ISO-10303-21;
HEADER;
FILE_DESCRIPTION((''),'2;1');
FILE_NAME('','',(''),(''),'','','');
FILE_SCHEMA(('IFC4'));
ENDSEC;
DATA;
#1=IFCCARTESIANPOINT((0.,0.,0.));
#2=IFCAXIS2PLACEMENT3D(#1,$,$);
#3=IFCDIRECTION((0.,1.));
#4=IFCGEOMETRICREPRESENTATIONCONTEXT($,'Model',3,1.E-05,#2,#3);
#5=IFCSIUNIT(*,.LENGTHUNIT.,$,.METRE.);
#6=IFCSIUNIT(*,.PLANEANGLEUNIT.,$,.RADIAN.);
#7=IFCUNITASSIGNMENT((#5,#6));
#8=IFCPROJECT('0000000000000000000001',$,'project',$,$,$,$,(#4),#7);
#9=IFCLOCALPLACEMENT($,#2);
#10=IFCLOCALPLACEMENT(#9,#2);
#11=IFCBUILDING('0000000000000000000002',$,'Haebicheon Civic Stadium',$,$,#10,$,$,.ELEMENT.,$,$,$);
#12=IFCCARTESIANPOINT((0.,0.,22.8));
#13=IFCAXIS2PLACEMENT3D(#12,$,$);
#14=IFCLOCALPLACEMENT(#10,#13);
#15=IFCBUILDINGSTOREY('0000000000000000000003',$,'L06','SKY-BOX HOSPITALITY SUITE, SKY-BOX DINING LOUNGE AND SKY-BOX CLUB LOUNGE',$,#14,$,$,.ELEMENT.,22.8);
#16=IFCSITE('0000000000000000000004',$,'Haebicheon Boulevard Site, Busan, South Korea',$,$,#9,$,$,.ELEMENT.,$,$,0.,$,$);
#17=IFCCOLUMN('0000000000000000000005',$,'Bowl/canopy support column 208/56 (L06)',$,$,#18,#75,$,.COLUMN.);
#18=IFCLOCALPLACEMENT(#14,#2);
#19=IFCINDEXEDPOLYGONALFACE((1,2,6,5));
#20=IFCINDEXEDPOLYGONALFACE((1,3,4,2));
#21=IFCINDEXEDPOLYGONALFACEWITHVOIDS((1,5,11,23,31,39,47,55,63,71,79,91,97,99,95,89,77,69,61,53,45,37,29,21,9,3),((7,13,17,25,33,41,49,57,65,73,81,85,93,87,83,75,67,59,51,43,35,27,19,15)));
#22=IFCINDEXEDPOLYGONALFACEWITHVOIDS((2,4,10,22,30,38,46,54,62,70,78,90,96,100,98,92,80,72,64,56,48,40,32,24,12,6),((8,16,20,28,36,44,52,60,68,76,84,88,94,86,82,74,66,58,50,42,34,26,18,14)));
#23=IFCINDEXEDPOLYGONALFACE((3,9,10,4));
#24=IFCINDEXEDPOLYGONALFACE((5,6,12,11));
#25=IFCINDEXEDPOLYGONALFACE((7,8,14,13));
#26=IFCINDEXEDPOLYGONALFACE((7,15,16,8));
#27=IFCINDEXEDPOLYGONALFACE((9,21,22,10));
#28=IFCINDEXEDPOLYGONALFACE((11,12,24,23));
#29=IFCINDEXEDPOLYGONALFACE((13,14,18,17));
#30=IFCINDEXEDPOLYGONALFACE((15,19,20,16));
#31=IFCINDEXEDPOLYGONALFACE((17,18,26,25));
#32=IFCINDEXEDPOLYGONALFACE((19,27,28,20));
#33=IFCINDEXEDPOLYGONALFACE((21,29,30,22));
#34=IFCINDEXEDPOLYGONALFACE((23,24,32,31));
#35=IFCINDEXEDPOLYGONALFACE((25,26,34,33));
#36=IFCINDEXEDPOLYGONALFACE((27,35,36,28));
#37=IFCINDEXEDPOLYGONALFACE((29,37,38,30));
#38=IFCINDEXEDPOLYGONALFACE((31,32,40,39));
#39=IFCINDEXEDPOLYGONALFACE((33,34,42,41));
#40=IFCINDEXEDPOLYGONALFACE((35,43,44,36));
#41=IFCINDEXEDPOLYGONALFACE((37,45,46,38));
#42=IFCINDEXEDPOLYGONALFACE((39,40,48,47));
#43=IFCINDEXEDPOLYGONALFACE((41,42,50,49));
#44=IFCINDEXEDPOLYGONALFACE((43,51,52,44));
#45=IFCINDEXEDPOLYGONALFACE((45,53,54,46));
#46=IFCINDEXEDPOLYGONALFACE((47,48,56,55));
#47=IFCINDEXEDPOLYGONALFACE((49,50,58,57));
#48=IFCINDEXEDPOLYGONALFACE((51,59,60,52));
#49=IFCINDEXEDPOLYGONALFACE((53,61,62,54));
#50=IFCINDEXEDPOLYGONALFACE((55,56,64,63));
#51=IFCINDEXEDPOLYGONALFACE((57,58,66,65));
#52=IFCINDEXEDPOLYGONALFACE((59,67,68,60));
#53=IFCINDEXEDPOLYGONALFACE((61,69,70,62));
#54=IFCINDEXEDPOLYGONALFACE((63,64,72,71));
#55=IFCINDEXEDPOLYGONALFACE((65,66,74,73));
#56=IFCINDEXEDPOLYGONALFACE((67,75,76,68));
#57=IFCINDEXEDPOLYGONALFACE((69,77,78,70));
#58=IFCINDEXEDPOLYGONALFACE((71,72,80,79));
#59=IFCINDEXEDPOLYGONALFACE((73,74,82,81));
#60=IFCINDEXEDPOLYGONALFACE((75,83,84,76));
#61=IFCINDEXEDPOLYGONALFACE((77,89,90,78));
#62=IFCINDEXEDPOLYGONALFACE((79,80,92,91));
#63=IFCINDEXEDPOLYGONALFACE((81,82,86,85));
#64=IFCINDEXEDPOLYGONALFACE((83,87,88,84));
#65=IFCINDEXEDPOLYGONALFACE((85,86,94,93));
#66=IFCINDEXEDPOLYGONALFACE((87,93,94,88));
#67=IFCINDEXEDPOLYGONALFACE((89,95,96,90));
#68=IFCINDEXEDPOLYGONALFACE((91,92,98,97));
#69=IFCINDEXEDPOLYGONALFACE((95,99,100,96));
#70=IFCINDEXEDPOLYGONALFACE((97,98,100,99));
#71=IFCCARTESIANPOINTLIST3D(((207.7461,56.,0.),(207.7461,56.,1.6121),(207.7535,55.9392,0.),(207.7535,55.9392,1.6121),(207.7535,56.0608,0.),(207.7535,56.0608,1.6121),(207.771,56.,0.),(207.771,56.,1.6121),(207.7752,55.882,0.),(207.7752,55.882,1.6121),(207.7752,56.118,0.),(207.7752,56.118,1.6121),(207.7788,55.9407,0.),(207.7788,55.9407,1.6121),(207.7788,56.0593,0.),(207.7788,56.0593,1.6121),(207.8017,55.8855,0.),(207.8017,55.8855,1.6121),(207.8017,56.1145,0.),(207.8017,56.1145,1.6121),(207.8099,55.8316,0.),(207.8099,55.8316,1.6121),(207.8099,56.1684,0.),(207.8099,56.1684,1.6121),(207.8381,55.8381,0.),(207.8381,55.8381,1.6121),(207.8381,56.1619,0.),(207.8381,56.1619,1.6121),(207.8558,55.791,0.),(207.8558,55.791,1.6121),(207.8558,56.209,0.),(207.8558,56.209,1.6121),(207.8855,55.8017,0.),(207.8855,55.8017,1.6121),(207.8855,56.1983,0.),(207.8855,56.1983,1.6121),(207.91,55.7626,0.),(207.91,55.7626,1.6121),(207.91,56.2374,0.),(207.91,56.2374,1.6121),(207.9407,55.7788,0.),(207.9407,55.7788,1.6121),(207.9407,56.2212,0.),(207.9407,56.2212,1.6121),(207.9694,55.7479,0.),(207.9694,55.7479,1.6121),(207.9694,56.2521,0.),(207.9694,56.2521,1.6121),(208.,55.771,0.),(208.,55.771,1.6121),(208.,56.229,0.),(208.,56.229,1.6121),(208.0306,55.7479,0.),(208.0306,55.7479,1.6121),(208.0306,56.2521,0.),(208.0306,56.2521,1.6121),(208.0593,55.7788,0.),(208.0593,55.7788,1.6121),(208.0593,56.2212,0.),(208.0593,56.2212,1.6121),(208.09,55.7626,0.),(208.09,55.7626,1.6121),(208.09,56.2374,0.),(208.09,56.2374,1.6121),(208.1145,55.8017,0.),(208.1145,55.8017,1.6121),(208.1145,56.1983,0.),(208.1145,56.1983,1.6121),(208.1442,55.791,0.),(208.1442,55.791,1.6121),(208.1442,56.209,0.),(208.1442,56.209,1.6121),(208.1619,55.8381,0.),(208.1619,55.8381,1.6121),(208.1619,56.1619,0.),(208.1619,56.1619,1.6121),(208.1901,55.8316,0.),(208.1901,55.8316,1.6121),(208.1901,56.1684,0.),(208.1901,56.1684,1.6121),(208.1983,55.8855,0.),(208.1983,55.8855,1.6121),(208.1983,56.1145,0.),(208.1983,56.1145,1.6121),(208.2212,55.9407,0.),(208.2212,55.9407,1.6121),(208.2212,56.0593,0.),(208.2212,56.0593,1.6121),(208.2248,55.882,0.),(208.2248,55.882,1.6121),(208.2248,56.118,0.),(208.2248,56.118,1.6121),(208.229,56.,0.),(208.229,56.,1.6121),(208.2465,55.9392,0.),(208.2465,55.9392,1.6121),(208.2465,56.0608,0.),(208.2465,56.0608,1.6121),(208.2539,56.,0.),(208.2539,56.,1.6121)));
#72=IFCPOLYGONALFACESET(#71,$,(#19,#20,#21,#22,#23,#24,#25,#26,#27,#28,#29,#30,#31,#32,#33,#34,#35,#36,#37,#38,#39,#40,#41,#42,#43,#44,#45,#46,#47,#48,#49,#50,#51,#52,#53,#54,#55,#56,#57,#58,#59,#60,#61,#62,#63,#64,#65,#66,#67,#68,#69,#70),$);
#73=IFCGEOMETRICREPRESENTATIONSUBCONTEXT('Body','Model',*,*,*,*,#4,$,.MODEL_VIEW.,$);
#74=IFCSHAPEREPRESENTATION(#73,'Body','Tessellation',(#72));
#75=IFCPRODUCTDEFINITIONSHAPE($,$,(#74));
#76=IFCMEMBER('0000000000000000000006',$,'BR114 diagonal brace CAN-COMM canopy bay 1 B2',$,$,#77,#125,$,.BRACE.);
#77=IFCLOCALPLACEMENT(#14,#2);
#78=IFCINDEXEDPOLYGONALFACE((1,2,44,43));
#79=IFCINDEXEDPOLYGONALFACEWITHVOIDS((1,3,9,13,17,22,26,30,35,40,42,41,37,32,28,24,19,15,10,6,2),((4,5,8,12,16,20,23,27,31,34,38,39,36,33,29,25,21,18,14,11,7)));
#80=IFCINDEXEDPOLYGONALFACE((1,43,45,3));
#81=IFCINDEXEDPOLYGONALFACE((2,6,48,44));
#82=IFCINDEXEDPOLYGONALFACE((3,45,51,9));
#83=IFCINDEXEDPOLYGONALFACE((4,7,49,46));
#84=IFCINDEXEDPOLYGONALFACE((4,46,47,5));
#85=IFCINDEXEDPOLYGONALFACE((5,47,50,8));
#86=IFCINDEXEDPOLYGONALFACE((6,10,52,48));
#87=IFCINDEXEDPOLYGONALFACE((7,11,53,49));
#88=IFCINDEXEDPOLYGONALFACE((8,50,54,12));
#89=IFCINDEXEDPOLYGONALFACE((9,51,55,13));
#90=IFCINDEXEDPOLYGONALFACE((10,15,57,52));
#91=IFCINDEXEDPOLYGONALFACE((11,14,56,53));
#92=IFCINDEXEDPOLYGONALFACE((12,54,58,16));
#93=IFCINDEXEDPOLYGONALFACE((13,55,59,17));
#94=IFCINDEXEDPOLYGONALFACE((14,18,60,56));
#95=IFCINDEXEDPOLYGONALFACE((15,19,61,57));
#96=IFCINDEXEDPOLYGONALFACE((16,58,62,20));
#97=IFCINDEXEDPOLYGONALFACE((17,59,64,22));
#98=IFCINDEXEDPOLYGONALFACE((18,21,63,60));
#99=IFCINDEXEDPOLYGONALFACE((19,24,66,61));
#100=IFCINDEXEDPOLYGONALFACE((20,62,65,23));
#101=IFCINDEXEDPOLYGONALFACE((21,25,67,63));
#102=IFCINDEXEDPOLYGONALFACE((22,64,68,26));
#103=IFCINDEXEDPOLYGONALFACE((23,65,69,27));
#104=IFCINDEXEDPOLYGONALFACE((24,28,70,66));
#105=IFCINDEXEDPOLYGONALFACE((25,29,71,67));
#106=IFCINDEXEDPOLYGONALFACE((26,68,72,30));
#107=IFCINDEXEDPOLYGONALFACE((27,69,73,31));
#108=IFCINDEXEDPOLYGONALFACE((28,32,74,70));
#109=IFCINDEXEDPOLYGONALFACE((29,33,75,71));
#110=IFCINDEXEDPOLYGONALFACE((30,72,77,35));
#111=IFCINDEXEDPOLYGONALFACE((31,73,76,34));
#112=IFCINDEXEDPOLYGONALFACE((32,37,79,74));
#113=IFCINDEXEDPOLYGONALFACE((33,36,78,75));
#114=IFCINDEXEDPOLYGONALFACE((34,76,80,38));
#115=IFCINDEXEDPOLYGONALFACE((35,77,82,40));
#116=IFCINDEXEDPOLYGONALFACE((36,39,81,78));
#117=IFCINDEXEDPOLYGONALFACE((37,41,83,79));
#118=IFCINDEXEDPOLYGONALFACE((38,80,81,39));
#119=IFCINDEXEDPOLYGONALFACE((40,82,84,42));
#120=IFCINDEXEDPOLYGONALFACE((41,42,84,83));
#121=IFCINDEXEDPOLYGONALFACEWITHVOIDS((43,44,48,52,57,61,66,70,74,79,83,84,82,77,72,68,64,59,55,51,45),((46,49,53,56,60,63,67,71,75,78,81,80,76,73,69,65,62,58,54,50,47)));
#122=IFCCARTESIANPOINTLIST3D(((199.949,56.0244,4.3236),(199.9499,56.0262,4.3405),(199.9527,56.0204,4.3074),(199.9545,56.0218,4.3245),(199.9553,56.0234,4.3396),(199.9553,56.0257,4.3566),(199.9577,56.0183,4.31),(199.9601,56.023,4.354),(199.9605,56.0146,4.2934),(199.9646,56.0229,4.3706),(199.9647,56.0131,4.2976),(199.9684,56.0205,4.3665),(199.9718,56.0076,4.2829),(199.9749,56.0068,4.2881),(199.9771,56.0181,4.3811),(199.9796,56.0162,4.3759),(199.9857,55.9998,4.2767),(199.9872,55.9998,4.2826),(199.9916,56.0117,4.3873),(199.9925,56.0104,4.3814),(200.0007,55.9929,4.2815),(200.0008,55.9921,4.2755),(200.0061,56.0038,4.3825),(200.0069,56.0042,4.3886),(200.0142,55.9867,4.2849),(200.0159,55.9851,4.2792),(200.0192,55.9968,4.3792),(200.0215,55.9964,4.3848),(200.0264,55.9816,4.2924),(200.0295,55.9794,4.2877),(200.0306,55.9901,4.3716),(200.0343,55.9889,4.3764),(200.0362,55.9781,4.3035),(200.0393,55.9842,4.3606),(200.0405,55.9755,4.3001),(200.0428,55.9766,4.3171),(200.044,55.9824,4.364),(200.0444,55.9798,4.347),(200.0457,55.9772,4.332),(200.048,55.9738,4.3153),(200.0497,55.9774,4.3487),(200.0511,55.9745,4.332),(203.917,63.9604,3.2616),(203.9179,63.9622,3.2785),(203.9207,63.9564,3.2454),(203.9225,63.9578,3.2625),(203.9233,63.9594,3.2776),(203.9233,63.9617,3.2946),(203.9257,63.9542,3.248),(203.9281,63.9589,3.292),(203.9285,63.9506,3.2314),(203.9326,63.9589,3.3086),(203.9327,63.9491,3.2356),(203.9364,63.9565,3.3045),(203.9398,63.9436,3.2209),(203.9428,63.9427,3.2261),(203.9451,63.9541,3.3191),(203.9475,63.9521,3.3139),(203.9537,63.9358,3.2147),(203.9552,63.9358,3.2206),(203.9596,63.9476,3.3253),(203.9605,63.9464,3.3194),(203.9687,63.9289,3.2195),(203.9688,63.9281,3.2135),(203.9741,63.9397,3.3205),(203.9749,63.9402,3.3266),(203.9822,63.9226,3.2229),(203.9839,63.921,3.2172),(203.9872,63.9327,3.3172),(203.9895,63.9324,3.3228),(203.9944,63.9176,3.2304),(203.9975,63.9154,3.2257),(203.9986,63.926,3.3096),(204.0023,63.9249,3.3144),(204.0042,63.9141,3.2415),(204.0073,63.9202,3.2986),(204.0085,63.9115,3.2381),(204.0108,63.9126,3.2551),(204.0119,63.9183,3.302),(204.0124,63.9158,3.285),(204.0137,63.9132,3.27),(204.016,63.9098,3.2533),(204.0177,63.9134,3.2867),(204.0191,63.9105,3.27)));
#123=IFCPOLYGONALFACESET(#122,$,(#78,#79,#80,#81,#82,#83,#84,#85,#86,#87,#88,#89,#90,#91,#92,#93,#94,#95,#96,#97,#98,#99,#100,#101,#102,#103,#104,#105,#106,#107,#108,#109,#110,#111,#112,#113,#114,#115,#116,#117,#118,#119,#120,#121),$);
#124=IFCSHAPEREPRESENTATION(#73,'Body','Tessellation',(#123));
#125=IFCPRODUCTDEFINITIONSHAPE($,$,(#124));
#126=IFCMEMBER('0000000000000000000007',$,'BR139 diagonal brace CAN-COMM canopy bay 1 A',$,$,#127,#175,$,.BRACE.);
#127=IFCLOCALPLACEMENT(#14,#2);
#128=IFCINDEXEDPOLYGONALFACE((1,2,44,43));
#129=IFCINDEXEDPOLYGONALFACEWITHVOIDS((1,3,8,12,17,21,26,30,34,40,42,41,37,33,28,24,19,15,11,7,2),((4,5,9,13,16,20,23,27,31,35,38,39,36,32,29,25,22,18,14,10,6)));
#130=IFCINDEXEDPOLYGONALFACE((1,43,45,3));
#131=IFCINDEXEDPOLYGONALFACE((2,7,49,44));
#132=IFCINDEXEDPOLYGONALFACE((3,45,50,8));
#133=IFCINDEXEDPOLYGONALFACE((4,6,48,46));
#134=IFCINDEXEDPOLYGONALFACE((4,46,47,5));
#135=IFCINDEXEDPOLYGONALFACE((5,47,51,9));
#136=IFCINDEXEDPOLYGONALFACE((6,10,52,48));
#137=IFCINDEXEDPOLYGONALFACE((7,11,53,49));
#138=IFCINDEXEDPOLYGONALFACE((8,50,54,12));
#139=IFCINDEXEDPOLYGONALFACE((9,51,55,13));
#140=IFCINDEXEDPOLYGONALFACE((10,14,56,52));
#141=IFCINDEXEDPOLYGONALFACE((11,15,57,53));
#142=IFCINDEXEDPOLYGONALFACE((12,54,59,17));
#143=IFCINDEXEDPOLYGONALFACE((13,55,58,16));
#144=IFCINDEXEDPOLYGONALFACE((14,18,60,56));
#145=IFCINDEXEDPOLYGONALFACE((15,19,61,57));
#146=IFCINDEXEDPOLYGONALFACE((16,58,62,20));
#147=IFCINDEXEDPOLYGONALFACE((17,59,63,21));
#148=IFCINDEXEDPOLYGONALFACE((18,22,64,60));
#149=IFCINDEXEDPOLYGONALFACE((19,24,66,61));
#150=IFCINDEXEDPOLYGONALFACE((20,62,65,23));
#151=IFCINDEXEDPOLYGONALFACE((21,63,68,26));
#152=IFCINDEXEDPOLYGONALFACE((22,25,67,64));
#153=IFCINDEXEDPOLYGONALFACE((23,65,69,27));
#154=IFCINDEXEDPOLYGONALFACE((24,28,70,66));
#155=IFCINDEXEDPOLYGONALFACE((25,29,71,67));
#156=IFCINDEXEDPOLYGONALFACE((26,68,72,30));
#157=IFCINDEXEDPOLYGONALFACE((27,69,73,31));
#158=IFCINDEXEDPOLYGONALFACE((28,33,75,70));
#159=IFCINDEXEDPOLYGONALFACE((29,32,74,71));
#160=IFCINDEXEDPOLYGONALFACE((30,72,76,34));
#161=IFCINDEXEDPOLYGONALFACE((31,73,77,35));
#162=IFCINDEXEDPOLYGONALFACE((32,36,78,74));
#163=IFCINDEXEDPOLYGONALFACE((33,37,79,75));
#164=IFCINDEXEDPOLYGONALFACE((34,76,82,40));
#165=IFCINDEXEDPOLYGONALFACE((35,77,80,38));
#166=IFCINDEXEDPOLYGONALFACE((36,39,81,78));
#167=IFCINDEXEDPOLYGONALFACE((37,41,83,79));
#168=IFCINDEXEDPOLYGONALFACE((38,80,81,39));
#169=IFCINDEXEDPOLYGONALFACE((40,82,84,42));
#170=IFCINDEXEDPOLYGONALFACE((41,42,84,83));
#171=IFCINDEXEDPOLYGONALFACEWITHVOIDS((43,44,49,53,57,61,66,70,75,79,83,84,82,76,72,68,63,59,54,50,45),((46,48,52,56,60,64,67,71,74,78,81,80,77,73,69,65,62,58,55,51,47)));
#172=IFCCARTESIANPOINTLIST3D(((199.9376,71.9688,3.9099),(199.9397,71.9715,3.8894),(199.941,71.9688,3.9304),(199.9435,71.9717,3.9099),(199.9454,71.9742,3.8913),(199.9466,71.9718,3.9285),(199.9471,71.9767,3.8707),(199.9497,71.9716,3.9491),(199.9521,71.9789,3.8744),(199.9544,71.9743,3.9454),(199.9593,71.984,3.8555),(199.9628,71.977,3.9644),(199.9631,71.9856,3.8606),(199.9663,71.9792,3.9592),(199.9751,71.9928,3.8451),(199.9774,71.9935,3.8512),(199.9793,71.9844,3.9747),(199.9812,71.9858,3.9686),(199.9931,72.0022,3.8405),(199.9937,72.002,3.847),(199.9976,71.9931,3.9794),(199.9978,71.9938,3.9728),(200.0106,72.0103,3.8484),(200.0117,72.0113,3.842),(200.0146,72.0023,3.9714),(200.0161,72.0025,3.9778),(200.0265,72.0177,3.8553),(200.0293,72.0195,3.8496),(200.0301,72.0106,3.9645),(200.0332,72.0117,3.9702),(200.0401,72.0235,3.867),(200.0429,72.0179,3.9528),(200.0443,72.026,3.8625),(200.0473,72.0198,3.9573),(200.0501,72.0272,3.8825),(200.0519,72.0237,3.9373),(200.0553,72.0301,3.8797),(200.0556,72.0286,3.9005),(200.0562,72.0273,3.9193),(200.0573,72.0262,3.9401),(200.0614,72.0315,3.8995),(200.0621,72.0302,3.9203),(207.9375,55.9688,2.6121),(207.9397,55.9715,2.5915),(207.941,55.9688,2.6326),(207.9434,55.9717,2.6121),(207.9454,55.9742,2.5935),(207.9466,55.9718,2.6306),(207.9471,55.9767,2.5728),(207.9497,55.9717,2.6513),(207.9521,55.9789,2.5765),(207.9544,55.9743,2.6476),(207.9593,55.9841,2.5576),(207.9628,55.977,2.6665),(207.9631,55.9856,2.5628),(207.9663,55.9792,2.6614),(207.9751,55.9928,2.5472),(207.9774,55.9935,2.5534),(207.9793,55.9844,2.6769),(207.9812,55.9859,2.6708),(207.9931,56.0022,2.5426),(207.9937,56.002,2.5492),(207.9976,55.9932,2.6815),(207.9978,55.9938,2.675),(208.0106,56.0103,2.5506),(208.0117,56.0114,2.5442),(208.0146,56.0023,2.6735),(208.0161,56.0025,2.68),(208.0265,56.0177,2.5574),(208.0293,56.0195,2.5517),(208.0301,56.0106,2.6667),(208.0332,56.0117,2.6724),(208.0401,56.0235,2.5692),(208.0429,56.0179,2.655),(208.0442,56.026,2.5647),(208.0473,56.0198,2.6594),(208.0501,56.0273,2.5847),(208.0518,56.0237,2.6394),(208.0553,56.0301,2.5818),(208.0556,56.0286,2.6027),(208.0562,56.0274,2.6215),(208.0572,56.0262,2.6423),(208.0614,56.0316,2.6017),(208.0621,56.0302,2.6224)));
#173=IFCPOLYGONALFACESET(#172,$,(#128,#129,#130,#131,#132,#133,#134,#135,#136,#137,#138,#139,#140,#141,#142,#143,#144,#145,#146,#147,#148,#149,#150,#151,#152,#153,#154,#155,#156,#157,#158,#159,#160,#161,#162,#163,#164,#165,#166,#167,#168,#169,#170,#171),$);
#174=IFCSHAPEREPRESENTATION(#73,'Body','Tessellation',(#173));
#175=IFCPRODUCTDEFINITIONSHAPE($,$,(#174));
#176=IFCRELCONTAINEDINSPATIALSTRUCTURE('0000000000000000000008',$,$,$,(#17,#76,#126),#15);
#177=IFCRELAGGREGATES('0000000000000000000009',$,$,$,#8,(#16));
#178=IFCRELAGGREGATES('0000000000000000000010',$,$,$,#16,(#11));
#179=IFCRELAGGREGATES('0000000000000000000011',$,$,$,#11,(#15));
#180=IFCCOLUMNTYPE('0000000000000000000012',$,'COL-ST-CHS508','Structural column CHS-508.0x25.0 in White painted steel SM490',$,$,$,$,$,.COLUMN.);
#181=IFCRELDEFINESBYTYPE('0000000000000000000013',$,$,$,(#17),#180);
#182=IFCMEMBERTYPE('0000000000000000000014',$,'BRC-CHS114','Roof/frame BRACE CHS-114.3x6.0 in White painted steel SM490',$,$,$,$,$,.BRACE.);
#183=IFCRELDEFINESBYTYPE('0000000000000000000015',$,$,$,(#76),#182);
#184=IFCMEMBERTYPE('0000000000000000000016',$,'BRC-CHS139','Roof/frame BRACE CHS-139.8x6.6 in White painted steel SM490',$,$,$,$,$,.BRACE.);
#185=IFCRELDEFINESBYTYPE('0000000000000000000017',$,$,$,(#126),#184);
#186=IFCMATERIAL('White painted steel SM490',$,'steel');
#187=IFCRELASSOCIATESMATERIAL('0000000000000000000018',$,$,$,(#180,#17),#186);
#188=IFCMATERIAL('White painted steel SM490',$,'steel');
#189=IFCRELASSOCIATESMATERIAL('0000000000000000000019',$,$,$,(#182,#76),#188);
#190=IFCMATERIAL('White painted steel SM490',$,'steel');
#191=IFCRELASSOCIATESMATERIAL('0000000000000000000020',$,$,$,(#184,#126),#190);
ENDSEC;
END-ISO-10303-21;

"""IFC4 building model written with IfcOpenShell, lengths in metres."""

from ifc_helpers import new_model, si_unit, direction, frame, origin, origin_2d, place, context, subcontext, project, spatial, hollow_circle, extrude, material, material_profile, profile_set, type_object, element, save


model = new_model("IFC4")

# Units and contexts
model_context = context("Model", 3, precision=1e-05, world=origin(), true_north=direction((0.0, 1.0)))
body_context = subcontext(model_context, "Body", "Model", "MODEL_VIEW")
ifc_project = project(units=[si_unit("LENGTHUNIT", "METRE"), si_unit("PLANEANGLEUNIT", "RADIAN")], contexts=[model_context])

# Site, building, storey
site_placement = place(None, origin())
site = spatial("IfcSite", under=ifc_project, at=site_placement, Name="Haebicheon Boulevard Site, Busan, South Korea", CompositionType="ELEMENT", RefElevation=0.0)
building_placement = place(site_placement, origin())
building = spatial("IfcBuilding", under=site, at=building_placement, Name="Haebicheon Civic Stadium", CompositionType="ELEMENT")
storey_placement = place(building_placement, frame((0.0, 0.0, 22.8)))
storey = spatial("IfcBuildingStorey", under=building, at=storey_placement, Name="L06", Description="SKY-BOX HOSPITALITY SUITE, SKY-BOX DINING LOUNGE AND SKY-BOX CLUB LOUNGE", CompositionType="ELEMENT", Elevation=22.8)

# Column
ifc_material_1 = material(Name="White painted steel SM490", Category="steel")
ifc_material_profile_1 = material_profile(ifc_material_1, hollow_circle(Radius=0.2539, WallThickness=0.0249, at=origin_2d()), Name="CHS-508.0x25.0")
ifc_profile_set_1 = profile_set([ifc_material_profile_1], Name="White painted steel SM490")
column_type = type_object("IfcColumnType", Name="COL-ST-CHS508", Description="Structural column CHS-508.0x25.0 in White painted steel SM490", PredefinedType="COLUMN", material=ifc_profile_set_1)
column_placement = place(storey_placement, frame((208.0, 56.0, 0.0), z_axis=(0.0, 0.0, 1.0), x_axis=(1.0, 0.0, 0.0)))
element("IfcColumn", 1, at=column_placement, inside=storey, type_object=column_type, material=ifc_profile_set_1, Name="Bowl/canopy support column 208/56 (L06)", PredefinedType="COLUMN", context=body_context, shape_type="SweptSolid", body=[
    extrude(hollow_circle(Radius=0.2539, WallThickness=0.0249, at=origin_2d()), origin(), (0.0, 0.0, 1.0), 1.6121),
])

# Members
ifc_material_2 = material(Name="White painted steel SM490", Category="steel")
ifc_material_profile_2 = material_profile(ifc_material_2, hollow_circle(Radius=0.0571, WallThickness=0.0061, at=origin_2d()), Name="CHS-114.3x6.0")
ifc_profile_set_2 = profile_set([ifc_material_profile_2], Name="White painted steel SM490")
member_type_1 = type_object("IfcMemberType", Name="BRC-CHS114", Description="Roof/frame BRACE CHS-114.3x6.0 in White painted steel SM490", PredefinedType="BRACE", material=ifc_profile_set_2)
member_1_placement = place(storey_placement, frame((203.968, 63.936, 3.27), z_axis=(-0.444044, -0.888088, 0.118845), x_axis=(0.894427, -0.447214, 0.0)))
element("IfcMember", 2, at=member_1_placement, inside=storey, type_object=member_type_1, material=ifc_profile_set_2, Name="BR114 diagonal brace CAN-COMM canopy bay 1 B2", PredefinedType="BRACE", context=body_context, shape_type="SweptSolid", body=[
    extrude(hollow_circle(Radius=0.0571, WallThickness=0.0061, at=origin_2d()), origin(), (0.0, 0.0, 1.0), 8.936),
])
ifc_material_3 = material(Name="White painted steel SM490", Category="steel")
ifc_material_profile_3 = material_profile(ifc_material_3, hollow_circle(Radius=0.0698, WallThickness=0.0066, at=origin_2d()), Name="CHS-139.8x6.6")
ifc_profile_set_3 = profile_set([ifc_material_profile_3], Name="White painted steel SM490")
member_type_2 = type_object("IfcMemberType", Name="BRC-CHS139", Description="Roof/frame BRACE CHS-139.8x6.6 in White painted steel SM490", PredefinedType="BRACE", material=ifc_profile_set_3)
member_2_placement = place(storey_placement, frame((208.0, 56.0, 2.6121), z_axis=(-0.446041, 0.892082, 0.072362), x_axis=(-0.894427, -0.447214, 0.0)))
element("IfcMember", 3, at=member_2_placement, inside=storey, type_object=member_type_2, material=ifc_profile_set_3, Name="BR139 diagonal brace CAN-COMM canopy bay 1 A", PredefinedType="BRACE", context=body_context, shape_type="SweptSolid", body=[
    extrude(hollow_circle(Radius=0.0698, WallThickness=0.0066, at=origin_2d()), origin(), (0.0, 0.0, 1.0), 17.9355),
])

save(model, "model.ifc")
